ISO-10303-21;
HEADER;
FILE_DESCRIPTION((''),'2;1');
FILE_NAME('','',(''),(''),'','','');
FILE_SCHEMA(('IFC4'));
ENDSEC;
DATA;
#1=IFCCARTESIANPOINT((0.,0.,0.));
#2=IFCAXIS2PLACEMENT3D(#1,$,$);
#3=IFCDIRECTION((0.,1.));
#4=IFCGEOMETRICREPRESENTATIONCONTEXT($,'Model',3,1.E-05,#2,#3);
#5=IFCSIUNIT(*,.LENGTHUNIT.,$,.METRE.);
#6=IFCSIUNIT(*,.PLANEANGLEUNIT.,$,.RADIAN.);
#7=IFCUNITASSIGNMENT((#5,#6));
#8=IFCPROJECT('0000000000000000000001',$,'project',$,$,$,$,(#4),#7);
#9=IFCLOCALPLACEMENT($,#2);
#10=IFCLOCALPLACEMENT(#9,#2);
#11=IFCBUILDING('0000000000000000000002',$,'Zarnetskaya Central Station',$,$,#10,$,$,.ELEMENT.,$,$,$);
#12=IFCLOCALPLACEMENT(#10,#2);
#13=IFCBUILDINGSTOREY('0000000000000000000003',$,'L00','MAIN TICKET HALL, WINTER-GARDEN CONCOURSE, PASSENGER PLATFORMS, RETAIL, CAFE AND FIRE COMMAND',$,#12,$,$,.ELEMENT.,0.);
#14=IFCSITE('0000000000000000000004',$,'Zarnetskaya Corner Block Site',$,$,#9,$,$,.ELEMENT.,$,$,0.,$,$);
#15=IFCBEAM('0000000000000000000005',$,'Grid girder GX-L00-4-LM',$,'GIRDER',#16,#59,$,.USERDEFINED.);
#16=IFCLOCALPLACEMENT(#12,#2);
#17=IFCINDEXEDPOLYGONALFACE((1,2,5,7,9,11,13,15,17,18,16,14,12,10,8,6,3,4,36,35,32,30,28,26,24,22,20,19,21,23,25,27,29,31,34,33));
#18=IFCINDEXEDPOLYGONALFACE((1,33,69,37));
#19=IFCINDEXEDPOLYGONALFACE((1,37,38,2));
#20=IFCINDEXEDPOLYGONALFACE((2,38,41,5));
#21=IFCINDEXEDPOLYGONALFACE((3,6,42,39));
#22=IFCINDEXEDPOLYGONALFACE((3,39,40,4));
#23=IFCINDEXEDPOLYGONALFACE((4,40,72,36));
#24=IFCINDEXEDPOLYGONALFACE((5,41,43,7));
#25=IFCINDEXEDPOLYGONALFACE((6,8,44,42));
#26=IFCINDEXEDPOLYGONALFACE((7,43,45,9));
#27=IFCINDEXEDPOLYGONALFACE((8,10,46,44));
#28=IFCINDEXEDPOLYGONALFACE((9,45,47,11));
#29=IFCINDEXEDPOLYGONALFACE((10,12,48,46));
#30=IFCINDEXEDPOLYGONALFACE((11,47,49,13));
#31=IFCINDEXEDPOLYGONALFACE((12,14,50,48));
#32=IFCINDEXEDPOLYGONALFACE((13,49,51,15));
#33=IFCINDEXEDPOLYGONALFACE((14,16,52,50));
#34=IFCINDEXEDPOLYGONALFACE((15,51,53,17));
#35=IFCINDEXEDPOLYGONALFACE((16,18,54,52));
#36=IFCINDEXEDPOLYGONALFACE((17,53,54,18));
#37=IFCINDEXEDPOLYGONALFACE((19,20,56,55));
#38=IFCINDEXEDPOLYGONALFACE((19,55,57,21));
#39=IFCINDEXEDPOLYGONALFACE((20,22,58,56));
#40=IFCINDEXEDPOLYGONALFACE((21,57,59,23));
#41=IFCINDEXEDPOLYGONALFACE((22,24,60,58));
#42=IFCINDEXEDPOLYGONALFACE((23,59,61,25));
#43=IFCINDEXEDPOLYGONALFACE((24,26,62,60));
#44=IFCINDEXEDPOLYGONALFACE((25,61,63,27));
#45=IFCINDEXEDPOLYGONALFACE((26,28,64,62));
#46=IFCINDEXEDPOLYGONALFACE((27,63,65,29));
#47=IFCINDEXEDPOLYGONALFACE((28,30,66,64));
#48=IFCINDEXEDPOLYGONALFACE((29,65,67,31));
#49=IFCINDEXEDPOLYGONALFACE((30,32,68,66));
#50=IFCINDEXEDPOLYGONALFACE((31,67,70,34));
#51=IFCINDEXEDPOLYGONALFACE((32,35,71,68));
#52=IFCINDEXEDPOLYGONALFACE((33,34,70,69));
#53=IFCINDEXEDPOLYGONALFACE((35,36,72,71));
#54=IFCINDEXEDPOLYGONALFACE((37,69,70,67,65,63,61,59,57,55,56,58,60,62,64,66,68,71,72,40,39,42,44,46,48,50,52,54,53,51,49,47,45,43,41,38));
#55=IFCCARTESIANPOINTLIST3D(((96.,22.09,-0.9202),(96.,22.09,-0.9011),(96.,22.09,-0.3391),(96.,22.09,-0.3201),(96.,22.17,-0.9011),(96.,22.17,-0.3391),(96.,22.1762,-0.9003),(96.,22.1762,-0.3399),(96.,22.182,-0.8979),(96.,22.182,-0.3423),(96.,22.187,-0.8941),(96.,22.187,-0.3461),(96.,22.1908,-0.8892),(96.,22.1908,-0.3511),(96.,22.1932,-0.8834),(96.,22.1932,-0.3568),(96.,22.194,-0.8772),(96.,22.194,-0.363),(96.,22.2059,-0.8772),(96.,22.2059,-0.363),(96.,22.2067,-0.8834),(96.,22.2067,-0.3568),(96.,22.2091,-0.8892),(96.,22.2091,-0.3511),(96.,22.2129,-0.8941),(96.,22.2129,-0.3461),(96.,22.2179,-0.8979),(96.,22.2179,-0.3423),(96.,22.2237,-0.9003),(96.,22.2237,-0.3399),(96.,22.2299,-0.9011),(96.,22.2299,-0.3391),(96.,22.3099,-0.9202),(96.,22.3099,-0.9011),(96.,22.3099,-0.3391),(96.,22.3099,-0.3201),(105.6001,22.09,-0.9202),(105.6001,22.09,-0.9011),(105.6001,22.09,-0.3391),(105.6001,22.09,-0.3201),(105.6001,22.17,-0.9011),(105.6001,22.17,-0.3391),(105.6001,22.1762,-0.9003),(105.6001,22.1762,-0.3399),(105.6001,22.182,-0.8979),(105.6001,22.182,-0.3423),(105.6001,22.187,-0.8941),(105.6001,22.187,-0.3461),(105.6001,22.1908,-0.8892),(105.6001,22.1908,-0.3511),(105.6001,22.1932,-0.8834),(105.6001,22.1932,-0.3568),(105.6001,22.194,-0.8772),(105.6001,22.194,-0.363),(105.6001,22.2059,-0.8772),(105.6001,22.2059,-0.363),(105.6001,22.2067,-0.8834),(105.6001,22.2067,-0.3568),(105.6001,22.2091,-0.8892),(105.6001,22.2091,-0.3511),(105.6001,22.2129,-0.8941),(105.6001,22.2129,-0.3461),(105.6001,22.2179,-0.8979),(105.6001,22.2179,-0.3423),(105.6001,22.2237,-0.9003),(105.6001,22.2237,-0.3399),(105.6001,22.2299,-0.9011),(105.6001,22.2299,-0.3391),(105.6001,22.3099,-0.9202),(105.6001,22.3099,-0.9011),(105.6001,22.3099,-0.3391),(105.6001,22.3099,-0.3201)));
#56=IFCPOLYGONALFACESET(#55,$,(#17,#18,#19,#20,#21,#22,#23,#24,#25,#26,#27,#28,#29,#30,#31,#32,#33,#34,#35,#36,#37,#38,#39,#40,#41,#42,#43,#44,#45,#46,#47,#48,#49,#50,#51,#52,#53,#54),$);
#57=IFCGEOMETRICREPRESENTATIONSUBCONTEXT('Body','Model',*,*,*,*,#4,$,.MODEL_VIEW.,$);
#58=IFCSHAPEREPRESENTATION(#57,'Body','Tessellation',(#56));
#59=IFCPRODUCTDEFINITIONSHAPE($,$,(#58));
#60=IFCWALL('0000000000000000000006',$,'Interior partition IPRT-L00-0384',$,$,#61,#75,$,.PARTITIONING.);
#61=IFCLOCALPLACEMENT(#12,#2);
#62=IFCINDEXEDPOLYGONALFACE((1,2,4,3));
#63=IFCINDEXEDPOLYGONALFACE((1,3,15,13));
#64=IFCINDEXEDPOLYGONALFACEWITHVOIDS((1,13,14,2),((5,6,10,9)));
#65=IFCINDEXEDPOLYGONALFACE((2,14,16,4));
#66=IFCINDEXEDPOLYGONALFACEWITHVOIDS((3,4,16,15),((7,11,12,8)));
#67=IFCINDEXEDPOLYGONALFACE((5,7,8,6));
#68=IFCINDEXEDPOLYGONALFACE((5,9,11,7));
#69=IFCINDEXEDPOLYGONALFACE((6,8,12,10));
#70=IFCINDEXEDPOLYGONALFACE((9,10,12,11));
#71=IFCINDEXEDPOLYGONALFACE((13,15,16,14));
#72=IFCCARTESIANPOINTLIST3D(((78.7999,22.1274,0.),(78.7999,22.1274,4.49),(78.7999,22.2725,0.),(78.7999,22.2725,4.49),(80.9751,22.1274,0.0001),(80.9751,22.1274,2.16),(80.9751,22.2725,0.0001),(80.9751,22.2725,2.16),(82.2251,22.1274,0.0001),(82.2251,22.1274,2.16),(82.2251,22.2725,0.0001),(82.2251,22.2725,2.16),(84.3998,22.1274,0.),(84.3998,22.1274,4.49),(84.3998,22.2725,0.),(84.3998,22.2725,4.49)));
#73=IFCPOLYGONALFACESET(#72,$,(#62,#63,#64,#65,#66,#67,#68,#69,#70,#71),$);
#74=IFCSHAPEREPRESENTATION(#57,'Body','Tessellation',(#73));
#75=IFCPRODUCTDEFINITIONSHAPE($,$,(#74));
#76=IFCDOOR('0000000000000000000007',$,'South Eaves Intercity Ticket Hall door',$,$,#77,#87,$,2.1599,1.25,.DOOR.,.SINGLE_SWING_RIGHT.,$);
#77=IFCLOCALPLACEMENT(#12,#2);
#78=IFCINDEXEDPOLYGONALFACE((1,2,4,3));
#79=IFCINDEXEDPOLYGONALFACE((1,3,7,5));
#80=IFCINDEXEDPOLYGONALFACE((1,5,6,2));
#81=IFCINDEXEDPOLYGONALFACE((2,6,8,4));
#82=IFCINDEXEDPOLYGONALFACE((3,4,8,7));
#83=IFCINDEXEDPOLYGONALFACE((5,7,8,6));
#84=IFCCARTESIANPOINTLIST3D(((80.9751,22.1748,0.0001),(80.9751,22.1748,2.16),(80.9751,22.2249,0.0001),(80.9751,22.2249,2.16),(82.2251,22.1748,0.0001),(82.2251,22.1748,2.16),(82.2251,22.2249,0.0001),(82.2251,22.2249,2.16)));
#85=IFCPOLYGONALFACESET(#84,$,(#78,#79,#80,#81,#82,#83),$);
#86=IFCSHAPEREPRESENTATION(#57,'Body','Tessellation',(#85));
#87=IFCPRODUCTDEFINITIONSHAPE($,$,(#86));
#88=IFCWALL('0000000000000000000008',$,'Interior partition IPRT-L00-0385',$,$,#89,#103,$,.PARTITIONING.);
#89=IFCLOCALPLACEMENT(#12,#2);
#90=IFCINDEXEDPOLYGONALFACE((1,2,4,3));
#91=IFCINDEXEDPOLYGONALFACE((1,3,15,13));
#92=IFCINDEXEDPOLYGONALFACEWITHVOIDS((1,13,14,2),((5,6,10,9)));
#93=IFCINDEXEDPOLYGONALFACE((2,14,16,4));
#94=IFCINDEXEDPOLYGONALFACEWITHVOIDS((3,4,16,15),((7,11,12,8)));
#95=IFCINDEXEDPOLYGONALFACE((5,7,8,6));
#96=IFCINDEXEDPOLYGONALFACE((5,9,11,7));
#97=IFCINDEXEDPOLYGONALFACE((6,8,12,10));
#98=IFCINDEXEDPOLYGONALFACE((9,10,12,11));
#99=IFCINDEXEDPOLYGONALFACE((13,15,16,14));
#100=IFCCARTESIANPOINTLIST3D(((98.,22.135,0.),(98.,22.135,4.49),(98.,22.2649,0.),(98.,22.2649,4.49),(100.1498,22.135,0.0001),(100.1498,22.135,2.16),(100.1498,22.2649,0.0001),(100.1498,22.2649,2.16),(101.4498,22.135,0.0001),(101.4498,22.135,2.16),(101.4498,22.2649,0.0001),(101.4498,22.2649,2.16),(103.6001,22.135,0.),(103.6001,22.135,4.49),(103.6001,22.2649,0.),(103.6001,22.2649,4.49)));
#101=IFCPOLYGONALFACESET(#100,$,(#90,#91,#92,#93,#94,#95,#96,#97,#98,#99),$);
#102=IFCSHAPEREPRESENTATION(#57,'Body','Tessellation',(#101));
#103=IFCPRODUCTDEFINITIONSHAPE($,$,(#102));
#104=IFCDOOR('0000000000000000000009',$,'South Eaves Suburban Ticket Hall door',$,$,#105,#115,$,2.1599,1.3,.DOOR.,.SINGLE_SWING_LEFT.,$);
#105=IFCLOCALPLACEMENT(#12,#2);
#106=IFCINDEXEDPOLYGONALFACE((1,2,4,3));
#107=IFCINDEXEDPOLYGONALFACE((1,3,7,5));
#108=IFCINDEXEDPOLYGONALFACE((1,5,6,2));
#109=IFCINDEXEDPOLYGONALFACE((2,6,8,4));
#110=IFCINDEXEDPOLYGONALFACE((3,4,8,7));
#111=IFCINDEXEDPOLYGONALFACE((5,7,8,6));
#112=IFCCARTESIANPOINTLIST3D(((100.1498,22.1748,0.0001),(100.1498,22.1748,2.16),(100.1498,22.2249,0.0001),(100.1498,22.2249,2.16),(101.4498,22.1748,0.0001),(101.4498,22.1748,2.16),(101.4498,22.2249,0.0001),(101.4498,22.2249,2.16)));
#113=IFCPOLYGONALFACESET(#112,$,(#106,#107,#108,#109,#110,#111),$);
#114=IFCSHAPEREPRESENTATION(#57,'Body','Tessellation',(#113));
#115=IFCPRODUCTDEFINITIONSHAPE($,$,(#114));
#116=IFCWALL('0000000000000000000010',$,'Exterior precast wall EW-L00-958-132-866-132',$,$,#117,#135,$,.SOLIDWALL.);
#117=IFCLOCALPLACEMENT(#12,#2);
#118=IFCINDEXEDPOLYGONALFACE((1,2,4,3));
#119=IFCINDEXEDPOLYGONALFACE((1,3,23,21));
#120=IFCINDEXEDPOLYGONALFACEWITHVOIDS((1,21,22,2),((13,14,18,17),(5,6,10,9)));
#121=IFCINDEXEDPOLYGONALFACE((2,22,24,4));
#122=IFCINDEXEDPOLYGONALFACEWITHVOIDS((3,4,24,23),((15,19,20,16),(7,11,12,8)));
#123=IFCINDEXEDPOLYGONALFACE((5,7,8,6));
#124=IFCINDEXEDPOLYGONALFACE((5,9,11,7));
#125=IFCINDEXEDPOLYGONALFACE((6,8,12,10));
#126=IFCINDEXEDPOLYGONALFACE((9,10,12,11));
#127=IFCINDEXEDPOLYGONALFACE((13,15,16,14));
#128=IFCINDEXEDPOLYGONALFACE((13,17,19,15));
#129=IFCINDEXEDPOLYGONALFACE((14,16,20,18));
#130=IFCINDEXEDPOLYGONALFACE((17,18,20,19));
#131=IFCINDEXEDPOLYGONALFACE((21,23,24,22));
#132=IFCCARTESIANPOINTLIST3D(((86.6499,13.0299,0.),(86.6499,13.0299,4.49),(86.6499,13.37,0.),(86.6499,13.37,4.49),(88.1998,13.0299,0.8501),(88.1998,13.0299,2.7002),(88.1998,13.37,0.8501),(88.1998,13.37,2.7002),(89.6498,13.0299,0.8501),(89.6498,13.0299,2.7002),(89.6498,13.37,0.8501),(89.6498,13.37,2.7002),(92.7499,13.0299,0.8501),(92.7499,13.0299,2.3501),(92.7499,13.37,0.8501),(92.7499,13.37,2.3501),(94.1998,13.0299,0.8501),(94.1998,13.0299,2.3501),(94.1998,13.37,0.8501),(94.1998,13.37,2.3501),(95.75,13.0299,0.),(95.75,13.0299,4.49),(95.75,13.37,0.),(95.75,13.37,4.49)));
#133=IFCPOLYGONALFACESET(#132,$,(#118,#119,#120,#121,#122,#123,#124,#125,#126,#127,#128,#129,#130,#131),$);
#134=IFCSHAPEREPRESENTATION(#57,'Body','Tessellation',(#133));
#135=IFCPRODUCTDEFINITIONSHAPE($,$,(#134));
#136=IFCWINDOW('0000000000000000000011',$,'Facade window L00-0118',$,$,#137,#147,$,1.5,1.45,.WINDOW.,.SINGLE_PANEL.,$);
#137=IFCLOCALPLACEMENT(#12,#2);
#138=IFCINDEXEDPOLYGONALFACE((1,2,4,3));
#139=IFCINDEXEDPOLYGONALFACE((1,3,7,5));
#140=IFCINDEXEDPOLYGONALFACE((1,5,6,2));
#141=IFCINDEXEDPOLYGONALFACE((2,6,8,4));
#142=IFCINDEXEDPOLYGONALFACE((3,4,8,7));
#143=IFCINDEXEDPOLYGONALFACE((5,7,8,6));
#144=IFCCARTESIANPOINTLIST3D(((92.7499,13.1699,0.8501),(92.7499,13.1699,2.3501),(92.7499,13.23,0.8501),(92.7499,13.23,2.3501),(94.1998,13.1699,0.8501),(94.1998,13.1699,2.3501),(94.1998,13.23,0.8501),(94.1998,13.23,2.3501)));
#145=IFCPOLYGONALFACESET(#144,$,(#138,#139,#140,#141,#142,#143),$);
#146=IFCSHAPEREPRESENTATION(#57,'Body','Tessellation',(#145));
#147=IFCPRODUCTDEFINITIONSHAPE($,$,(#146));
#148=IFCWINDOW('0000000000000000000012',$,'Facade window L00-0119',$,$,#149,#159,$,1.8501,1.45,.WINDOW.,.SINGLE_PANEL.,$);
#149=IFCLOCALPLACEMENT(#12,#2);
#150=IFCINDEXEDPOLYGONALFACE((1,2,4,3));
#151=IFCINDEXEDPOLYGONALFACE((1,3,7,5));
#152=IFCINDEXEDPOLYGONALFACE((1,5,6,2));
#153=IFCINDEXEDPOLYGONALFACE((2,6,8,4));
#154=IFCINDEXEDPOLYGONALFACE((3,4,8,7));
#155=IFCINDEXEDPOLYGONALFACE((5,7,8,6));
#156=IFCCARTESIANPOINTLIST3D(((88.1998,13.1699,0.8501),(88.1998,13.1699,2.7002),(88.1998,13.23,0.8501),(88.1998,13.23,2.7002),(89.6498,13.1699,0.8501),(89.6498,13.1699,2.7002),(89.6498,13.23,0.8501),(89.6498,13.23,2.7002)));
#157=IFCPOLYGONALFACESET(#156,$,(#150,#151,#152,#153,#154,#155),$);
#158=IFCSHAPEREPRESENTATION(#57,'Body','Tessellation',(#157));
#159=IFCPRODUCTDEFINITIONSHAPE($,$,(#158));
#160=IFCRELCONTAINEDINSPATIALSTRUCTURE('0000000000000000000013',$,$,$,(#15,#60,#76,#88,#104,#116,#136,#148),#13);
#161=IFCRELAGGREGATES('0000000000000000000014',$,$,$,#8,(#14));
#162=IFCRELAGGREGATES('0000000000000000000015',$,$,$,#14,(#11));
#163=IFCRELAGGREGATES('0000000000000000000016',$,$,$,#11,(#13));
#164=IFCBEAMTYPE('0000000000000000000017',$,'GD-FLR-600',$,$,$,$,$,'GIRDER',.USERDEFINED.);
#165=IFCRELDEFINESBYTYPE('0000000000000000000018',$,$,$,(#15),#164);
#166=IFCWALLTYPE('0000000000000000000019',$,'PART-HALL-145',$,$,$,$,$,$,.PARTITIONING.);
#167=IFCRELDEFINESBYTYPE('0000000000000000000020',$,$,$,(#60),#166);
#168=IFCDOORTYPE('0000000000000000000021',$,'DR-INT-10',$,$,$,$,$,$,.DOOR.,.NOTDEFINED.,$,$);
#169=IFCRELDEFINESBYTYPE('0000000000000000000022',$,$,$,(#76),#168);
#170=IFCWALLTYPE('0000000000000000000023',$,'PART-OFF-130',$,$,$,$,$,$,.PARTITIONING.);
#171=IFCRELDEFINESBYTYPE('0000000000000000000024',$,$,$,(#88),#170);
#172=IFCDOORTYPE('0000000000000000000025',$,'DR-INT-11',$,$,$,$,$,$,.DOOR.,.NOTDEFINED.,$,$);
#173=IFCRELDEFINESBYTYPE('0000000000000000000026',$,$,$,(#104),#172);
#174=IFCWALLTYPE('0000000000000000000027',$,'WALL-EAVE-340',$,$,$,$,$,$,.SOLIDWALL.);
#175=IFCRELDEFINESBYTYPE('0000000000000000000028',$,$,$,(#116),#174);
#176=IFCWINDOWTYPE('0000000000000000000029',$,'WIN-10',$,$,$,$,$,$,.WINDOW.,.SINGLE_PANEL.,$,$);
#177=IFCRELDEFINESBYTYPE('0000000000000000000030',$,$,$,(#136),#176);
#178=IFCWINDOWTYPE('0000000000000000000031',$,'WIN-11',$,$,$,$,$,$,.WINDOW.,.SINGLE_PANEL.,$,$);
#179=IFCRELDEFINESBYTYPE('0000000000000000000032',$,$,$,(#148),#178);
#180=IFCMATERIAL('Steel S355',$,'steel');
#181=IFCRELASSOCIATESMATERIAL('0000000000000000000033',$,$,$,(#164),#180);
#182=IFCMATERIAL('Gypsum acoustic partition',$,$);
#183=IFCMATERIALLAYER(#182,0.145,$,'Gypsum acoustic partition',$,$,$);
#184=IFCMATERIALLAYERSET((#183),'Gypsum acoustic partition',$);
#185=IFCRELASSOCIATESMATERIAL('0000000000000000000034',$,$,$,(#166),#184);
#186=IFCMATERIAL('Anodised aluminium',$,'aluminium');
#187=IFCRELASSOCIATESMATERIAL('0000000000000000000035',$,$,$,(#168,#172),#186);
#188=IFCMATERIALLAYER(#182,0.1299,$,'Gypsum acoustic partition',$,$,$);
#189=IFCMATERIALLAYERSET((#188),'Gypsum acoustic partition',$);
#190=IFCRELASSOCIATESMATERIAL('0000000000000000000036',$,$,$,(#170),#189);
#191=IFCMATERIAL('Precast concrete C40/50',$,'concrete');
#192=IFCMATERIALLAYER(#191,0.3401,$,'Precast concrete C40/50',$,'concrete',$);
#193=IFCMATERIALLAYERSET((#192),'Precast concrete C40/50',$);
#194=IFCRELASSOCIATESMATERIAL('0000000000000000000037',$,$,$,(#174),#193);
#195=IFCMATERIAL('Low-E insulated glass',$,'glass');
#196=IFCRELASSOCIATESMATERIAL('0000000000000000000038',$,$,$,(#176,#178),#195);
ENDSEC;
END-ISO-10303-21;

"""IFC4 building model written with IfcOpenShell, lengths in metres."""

from ifc_helpers import new_model, si_unit, direction, frame, frame_2d, origin, origin_2d, place, context, subcontext, project, spatial, rectangle, i_section, extrude, material, layer, layer_set, material_profile, profile_set, type_object, element, fill, save


model = new_model("IFC4")

# Units and contexts
model_context = context("Model", 3, precision=1e-05, world=origin(), true_north=direction((0.0, 1.0)))
body_context = subcontext(model_context, "Body", "Model", "MODEL_VIEW")
ifc_project = project(units=[si_unit("LENGTHUNIT", "METRE"), si_unit("PLANEANGLEUNIT", "RADIAN")], contexts=[model_context])

# Site, building, storey
site_placement = place(None, origin())
site = spatial("IfcSite", under=ifc_project, at=site_placement, Name="Zarnetskaya Corner Block Site", CompositionType="ELEMENT", RefElevation=0.0)
building_placement = place(site_placement, origin())
building = spatial("IfcBuilding", under=site, at=building_placement, Name="Zarnetskaya Central Station", CompositionType="ELEMENT")
storey_placement = place(building_placement, origin())
storey = spatial("IfcBuildingStorey", under=building, at=storey_placement, Name="L00", Description="MAIN TICKET HALL, WINTER-GARDEN CONCOURSE, PASSENGER PLATFORMS, RETAIL, CAFE AND FIRE COMMAND", CompositionType="ELEMENT", Elevation=0.0)

# Shared definitions
ifc_material_1 = material(Name="Steel S355", Category="steel")

# Beam
ifc_material_profile_1 = material_profile(ifc_material_1, i_section(OverallWidth=0.22, OverallDepth=0.6001, WebThickness=0.012, FlangeThickness=0.019, FilletRadius=0.0239, at=origin_2d()), Name="IPE 600")
ifc_profile_set_1 = profile_set([ifc_material_profile_1], Name="Steel S355")
beam_type_1 = type_object("IfcBeamType", Name="GD-FLR-600", ElementType="GIRDER", PredefinedType="USERDEFINED", material=ifc_profile_set_1)
for number, where, z_axis, x_axis, name in (
    (1, (96.0, 22.2, -0.6201), (1.0, 0.0, 0.0), (0.0, 1.0, 0.0), "Grid girder GX-L00-4-LM"),
):
    element("IfcBeam", number, at=place(storey_placement, frame(where, z_axis=z_axis, x_axis=x_axis)), inside=storey, type_object=beam_type_1, Name=name, ObjectType="GIRDER", PredefinedType="USERDEFINED", context=body_context, shape_type="SweptSolid", body=[
        extrude(i_section(OverallWidth=0.22, OverallDepth=0.6001, WebThickness=0.012, FlangeThickness=0.019, FilletRadius=0.0239, at=origin_2d()), origin(), (0.0, 0.0, 1.0), 9.6001),
    ])

# Walls, openings, doors
ifc_material_2 = material(Name="Gypsum acoustic partition")
ifc_layer_1 = layer(ifc_material_2, 0.145, Name="Gypsum acoustic partition")
ifc_layer_set_1 = layer_set([ifc_layer_1], Name="Gypsum acoustic partition")
wall_type_1 = type_object("IfcWallType", Name="PART-HALL-145", PredefinedType="PARTITIONING", material=ifc_layer_set_1)
wall_1_placement = place(storey_placement, frame((78.8, 22.2, 0.0), z_axis=(0.0, 0.0, 1.0), x_axis=(1.0, 0.0, 0.0)))
wall_1 = element("IfcWall", 2, at=wall_1_placement, inside=storey, type_object=wall_type_1, Name="Interior partition IPRT-L00-0384", PredefinedType="PARTITIONING", context=body_context, shape_type="SweptSolid", body=[
    extrude(rectangle(XDim=5.5999, YDim=0.145, at=frame_2d((2.7998, 0.0))), origin(), (0.0, 0.0, 1.0), 4.49),
])
opening_1_placement = place(wall_1_placement, frame((2.175, 0.0, 0.0)))
opening_1 = element("IfcOpeningElement", 3, at=opening_1_placement, cuts=wall_1, PredefinedType="OPENING", context=body_context, shape_type="SweptSolid", body=[
    extrude(rectangle(XDim=1.25, YDim=2.1599, at=frame_2d((0.625, 1.0801))), frame((0.0, 0.0825, 0.0), z_axis=(0.0, -1.0, 0.0), x_axis=(1.0, 0.0, 0.0)), (0.0, 0.0, 1.0), 0.165),
])
ifc_material_3 = material(Name="Anodised aluminium", Category="aluminium")
door_type_1 = type_object("IfcDoorType", Name="DR-INT-10", OperationType="NOTDEFINED", PredefinedType="DOOR", material=ifc_material_3)
door_1_placement = place(opening_1_placement, origin())
door_1 = element("IfcDoor", 4, at=door_1_placement, inside=storey, type_object=door_type_1, Name="South Eaves Intercity Ticket Hall door", OperationType="SINGLE_SWING_RIGHT", OverallHeight=2.1599, OverallWidth=1.25, PredefinedType="DOOR", context=body_context, shape_type="SweptSolid", body=[
    extrude(rectangle(XDim=1.25, YDim=2.1599, at=frame_2d((0.625, 1.0801))), frame((0.0, 0.0249, 0.0), z_axis=(0.0, -1.0, 0.0), x_axis=(1.0, 0.0, 0.0)), (0.0, 0.0, 1.0), 0.05),
])
fill(opening_1, door_1)
ifc_layer_2 = layer(ifc_material_2, 0.1299, Name="Gypsum acoustic partition")
ifc_layer_set_2 = layer_set([ifc_layer_2], Name="Gypsum acoustic partition")
wall_type_2 = type_object("IfcWallType", Name="PART-OFF-130", PredefinedType="PARTITIONING", material=ifc_layer_set_2)
wall_2_placement = place(storey_placement, frame((98.0, 22.2, 0.0), z_axis=(0.0, 0.0, 1.0), x_axis=(1.0, 0.0, 0.0)))
wall_2 = element("IfcWall", 5, at=wall_2_placement, inside=storey, type_object=wall_type_2, Name="Interior partition IPRT-L00-0385", PredefinedType="PARTITIONING", context=body_context, shape_type="SweptSolid", body=[
    extrude(rectangle(XDim=5.6001, YDim=0.1299, at=frame_2d((2.8, 0.0))), origin(), (0.0, 0.0, 1.0), 4.49),
])
opening_2_placement = place(wall_2_placement, frame((2.1499, 0.0, 0.0)))
opening_2 = element("IfcOpeningElement", 6, at=opening_2_placement, cuts=wall_2, PredefinedType="OPENING", context=body_context, shape_type="SweptSolid", body=[
    extrude(rectangle(XDim=1.3, YDim=2.1599, at=frame_2d((0.6499, 1.0801))), frame((0.0, 0.075, 0.0), z_axis=(0.0, -1.0, 0.0), x_axis=(1.0, 0.0, 0.0)), (0.0, 0.0, 1.0), 0.1499),
])
door_type_2 = type_object("IfcDoorType", Name="DR-INT-11", OperationType="NOTDEFINED", PredefinedType="DOOR", material=ifc_material_3)
door_2_placement = place(opening_2_placement, origin())
door_2 = element("IfcDoor", 7, at=door_2_placement, inside=storey, type_object=door_type_2, Name="South Eaves Suburban Ticket Hall door", OperationType="SINGLE_SWING_LEFT", OverallHeight=2.1599, OverallWidth=1.3, PredefinedType="DOOR", context=body_context, shape_type="SweptSolid", body=[
    extrude(rectangle(XDim=1.3, YDim=2.1599, at=frame_2d((0.6499, 1.0801))), frame((0.0, 0.0249, 0.0), z_axis=(0.0, -1.0, 0.0), x_axis=(1.0, 0.0, 0.0)), (0.0, 0.0, 1.0), 0.05),
])
fill(opening_2, door_2)

# Wall, openings, windows
ifc_material_4 = material(Name="Precast concrete C40/50", Category="concrete")
ifc_layer_3 = layer(ifc_material_4, 0.3401, Name="Precast concrete C40/50", Category="concrete")
ifc_layer_set_3 = layer_set([ifc_layer_3], Name="Precast concrete C40/50")
wall_type_3 = type_object("IfcWallType", Name="WALL-EAVE-340", PredefinedType="SOLIDWALL", material=ifc_layer_set_3)
wall_3_placement = place(storey_placement, frame((95.75, 13.2, 0.0), z_axis=(0.0, 0.0, 1.0), x_axis=(-1.0, 0.0, 0.0)))
wall_3 = element("IfcWall", 8, at=wall_3_placement, inside=storey, type_object=wall_type_3, Name="Exterior precast wall EW-L00-958-132-866-132", PredefinedType="SOLIDWALL", context=body_context, shape_type="SweptSolid", body=[
    extrude(rectangle(XDim=9.1001, YDim=0.3401, at=frame_2d((4.55, 0.0))), origin(), (0.0, 0.0, 1.0), 4.49),
])
opening_3_placement = place(wall_3_placement, frame((1.55, 0.0, 0.8501)))
opening_3 = element("IfcOpeningElement", 9, at=opening_3_placement, cuts=wall_3, PredefinedType="OPENING", context=body_context, shape_type="SweptSolid", body=[
    extrude(rectangle(XDim=1.45, YDim=1.5, at=frame_2d((0.7251, 0.75))), frame((0.0, 0.1802, 0.0), z_axis=(0.0, -1.0, 0.0), x_axis=(1.0, 0.0, 0.0)), (0.0, 0.0, 1.0), 0.3601),
])
opening_4_placement = place(wall_3_placement, frame((6.1001, 0.0, 0.8501)))
opening_4 = element("IfcOpeningElement", 10, at=opening_4_placement, cuts=wall_3, PredefinedType="OPENING", context=body_context, shape_type="SweptSolid", body=[
    extrude(rectangle(XDim=1.45, YDim=1.8501, at=frame_2d((0.7251, 0.925))), frame((0.0, 0.1802, 0.0), z_axis=(0.0, -1.0, 0.0), x_axis=(1.0, 0.0, 0.0)), (0.0, 0.0, 1.0), 0.3601),
])
ifc_material_5 = material(Name="Low-E insulated glass", Category="glass")
window_type_1 = type_object("IfcWindowType", Name="WIN-10", PartitioningType="SINGLE_PANEL", PredefinedType="WINDOW", material=ifc_material_5)
window_1_placement = place(opening_3_placement, origin())
window_1 = element("IfcWindow", 11, at=window_1_placement, inside=storey, type_object=window_type_1, Name="Facade window L00-0118", OverallHeight=1.5, OverallWidth=1.45, PartitioningType="SINGLE_PANEL", PredefinedType="WINDOW", context=body_context, shape_type="SweptSolid", body=[
    extrude(rectangle(XDim=1.45, YDim=1.5, at=frame_2d((0.7251, 0.75))), frame((0.0, 0.03, 0.0), z_axis=(0.0, -1.0, 0.0), x_axis=(1.0, 0.0, 0.0)), (0.0, 0.0, 1.0), 0.0601),
])
fill(opening_3, window_1)
window_type_2 = type_object("IfcWindowType", Name="WIN-11", PartitioningType="SINGLE_PANEL", PredefinedType="WINDOW", material=ifc_material_5)
window_2_placement = place(opening_4_placement, origin())
window_2 = element("IfcWindow", 12, at=window_2_placement, inside=storey, type_object=window_type_2, Name="Facade window L00-0119", OverallHeight=1.8501, OverallWidth=1.45, PartitioningType="SINGLE_PANEL", PredefinedType="WINDOW", context=body_context, shape_type="SweptSolid", body=[
    extrude(rectangle(XDim=1.45, YDim=1.8501, at=frame_2d((0.7251, 0.925))), frame((0.0, 0.03, 0.0), z_axis=(0.0, -1.0, 0.0), x_axis=(1.0, 0.0, 0.0)), (0.0, 0.0, 1.0), 0.0601),
])
fill(opening_4, window_2)

save(model, "model.ifc")
